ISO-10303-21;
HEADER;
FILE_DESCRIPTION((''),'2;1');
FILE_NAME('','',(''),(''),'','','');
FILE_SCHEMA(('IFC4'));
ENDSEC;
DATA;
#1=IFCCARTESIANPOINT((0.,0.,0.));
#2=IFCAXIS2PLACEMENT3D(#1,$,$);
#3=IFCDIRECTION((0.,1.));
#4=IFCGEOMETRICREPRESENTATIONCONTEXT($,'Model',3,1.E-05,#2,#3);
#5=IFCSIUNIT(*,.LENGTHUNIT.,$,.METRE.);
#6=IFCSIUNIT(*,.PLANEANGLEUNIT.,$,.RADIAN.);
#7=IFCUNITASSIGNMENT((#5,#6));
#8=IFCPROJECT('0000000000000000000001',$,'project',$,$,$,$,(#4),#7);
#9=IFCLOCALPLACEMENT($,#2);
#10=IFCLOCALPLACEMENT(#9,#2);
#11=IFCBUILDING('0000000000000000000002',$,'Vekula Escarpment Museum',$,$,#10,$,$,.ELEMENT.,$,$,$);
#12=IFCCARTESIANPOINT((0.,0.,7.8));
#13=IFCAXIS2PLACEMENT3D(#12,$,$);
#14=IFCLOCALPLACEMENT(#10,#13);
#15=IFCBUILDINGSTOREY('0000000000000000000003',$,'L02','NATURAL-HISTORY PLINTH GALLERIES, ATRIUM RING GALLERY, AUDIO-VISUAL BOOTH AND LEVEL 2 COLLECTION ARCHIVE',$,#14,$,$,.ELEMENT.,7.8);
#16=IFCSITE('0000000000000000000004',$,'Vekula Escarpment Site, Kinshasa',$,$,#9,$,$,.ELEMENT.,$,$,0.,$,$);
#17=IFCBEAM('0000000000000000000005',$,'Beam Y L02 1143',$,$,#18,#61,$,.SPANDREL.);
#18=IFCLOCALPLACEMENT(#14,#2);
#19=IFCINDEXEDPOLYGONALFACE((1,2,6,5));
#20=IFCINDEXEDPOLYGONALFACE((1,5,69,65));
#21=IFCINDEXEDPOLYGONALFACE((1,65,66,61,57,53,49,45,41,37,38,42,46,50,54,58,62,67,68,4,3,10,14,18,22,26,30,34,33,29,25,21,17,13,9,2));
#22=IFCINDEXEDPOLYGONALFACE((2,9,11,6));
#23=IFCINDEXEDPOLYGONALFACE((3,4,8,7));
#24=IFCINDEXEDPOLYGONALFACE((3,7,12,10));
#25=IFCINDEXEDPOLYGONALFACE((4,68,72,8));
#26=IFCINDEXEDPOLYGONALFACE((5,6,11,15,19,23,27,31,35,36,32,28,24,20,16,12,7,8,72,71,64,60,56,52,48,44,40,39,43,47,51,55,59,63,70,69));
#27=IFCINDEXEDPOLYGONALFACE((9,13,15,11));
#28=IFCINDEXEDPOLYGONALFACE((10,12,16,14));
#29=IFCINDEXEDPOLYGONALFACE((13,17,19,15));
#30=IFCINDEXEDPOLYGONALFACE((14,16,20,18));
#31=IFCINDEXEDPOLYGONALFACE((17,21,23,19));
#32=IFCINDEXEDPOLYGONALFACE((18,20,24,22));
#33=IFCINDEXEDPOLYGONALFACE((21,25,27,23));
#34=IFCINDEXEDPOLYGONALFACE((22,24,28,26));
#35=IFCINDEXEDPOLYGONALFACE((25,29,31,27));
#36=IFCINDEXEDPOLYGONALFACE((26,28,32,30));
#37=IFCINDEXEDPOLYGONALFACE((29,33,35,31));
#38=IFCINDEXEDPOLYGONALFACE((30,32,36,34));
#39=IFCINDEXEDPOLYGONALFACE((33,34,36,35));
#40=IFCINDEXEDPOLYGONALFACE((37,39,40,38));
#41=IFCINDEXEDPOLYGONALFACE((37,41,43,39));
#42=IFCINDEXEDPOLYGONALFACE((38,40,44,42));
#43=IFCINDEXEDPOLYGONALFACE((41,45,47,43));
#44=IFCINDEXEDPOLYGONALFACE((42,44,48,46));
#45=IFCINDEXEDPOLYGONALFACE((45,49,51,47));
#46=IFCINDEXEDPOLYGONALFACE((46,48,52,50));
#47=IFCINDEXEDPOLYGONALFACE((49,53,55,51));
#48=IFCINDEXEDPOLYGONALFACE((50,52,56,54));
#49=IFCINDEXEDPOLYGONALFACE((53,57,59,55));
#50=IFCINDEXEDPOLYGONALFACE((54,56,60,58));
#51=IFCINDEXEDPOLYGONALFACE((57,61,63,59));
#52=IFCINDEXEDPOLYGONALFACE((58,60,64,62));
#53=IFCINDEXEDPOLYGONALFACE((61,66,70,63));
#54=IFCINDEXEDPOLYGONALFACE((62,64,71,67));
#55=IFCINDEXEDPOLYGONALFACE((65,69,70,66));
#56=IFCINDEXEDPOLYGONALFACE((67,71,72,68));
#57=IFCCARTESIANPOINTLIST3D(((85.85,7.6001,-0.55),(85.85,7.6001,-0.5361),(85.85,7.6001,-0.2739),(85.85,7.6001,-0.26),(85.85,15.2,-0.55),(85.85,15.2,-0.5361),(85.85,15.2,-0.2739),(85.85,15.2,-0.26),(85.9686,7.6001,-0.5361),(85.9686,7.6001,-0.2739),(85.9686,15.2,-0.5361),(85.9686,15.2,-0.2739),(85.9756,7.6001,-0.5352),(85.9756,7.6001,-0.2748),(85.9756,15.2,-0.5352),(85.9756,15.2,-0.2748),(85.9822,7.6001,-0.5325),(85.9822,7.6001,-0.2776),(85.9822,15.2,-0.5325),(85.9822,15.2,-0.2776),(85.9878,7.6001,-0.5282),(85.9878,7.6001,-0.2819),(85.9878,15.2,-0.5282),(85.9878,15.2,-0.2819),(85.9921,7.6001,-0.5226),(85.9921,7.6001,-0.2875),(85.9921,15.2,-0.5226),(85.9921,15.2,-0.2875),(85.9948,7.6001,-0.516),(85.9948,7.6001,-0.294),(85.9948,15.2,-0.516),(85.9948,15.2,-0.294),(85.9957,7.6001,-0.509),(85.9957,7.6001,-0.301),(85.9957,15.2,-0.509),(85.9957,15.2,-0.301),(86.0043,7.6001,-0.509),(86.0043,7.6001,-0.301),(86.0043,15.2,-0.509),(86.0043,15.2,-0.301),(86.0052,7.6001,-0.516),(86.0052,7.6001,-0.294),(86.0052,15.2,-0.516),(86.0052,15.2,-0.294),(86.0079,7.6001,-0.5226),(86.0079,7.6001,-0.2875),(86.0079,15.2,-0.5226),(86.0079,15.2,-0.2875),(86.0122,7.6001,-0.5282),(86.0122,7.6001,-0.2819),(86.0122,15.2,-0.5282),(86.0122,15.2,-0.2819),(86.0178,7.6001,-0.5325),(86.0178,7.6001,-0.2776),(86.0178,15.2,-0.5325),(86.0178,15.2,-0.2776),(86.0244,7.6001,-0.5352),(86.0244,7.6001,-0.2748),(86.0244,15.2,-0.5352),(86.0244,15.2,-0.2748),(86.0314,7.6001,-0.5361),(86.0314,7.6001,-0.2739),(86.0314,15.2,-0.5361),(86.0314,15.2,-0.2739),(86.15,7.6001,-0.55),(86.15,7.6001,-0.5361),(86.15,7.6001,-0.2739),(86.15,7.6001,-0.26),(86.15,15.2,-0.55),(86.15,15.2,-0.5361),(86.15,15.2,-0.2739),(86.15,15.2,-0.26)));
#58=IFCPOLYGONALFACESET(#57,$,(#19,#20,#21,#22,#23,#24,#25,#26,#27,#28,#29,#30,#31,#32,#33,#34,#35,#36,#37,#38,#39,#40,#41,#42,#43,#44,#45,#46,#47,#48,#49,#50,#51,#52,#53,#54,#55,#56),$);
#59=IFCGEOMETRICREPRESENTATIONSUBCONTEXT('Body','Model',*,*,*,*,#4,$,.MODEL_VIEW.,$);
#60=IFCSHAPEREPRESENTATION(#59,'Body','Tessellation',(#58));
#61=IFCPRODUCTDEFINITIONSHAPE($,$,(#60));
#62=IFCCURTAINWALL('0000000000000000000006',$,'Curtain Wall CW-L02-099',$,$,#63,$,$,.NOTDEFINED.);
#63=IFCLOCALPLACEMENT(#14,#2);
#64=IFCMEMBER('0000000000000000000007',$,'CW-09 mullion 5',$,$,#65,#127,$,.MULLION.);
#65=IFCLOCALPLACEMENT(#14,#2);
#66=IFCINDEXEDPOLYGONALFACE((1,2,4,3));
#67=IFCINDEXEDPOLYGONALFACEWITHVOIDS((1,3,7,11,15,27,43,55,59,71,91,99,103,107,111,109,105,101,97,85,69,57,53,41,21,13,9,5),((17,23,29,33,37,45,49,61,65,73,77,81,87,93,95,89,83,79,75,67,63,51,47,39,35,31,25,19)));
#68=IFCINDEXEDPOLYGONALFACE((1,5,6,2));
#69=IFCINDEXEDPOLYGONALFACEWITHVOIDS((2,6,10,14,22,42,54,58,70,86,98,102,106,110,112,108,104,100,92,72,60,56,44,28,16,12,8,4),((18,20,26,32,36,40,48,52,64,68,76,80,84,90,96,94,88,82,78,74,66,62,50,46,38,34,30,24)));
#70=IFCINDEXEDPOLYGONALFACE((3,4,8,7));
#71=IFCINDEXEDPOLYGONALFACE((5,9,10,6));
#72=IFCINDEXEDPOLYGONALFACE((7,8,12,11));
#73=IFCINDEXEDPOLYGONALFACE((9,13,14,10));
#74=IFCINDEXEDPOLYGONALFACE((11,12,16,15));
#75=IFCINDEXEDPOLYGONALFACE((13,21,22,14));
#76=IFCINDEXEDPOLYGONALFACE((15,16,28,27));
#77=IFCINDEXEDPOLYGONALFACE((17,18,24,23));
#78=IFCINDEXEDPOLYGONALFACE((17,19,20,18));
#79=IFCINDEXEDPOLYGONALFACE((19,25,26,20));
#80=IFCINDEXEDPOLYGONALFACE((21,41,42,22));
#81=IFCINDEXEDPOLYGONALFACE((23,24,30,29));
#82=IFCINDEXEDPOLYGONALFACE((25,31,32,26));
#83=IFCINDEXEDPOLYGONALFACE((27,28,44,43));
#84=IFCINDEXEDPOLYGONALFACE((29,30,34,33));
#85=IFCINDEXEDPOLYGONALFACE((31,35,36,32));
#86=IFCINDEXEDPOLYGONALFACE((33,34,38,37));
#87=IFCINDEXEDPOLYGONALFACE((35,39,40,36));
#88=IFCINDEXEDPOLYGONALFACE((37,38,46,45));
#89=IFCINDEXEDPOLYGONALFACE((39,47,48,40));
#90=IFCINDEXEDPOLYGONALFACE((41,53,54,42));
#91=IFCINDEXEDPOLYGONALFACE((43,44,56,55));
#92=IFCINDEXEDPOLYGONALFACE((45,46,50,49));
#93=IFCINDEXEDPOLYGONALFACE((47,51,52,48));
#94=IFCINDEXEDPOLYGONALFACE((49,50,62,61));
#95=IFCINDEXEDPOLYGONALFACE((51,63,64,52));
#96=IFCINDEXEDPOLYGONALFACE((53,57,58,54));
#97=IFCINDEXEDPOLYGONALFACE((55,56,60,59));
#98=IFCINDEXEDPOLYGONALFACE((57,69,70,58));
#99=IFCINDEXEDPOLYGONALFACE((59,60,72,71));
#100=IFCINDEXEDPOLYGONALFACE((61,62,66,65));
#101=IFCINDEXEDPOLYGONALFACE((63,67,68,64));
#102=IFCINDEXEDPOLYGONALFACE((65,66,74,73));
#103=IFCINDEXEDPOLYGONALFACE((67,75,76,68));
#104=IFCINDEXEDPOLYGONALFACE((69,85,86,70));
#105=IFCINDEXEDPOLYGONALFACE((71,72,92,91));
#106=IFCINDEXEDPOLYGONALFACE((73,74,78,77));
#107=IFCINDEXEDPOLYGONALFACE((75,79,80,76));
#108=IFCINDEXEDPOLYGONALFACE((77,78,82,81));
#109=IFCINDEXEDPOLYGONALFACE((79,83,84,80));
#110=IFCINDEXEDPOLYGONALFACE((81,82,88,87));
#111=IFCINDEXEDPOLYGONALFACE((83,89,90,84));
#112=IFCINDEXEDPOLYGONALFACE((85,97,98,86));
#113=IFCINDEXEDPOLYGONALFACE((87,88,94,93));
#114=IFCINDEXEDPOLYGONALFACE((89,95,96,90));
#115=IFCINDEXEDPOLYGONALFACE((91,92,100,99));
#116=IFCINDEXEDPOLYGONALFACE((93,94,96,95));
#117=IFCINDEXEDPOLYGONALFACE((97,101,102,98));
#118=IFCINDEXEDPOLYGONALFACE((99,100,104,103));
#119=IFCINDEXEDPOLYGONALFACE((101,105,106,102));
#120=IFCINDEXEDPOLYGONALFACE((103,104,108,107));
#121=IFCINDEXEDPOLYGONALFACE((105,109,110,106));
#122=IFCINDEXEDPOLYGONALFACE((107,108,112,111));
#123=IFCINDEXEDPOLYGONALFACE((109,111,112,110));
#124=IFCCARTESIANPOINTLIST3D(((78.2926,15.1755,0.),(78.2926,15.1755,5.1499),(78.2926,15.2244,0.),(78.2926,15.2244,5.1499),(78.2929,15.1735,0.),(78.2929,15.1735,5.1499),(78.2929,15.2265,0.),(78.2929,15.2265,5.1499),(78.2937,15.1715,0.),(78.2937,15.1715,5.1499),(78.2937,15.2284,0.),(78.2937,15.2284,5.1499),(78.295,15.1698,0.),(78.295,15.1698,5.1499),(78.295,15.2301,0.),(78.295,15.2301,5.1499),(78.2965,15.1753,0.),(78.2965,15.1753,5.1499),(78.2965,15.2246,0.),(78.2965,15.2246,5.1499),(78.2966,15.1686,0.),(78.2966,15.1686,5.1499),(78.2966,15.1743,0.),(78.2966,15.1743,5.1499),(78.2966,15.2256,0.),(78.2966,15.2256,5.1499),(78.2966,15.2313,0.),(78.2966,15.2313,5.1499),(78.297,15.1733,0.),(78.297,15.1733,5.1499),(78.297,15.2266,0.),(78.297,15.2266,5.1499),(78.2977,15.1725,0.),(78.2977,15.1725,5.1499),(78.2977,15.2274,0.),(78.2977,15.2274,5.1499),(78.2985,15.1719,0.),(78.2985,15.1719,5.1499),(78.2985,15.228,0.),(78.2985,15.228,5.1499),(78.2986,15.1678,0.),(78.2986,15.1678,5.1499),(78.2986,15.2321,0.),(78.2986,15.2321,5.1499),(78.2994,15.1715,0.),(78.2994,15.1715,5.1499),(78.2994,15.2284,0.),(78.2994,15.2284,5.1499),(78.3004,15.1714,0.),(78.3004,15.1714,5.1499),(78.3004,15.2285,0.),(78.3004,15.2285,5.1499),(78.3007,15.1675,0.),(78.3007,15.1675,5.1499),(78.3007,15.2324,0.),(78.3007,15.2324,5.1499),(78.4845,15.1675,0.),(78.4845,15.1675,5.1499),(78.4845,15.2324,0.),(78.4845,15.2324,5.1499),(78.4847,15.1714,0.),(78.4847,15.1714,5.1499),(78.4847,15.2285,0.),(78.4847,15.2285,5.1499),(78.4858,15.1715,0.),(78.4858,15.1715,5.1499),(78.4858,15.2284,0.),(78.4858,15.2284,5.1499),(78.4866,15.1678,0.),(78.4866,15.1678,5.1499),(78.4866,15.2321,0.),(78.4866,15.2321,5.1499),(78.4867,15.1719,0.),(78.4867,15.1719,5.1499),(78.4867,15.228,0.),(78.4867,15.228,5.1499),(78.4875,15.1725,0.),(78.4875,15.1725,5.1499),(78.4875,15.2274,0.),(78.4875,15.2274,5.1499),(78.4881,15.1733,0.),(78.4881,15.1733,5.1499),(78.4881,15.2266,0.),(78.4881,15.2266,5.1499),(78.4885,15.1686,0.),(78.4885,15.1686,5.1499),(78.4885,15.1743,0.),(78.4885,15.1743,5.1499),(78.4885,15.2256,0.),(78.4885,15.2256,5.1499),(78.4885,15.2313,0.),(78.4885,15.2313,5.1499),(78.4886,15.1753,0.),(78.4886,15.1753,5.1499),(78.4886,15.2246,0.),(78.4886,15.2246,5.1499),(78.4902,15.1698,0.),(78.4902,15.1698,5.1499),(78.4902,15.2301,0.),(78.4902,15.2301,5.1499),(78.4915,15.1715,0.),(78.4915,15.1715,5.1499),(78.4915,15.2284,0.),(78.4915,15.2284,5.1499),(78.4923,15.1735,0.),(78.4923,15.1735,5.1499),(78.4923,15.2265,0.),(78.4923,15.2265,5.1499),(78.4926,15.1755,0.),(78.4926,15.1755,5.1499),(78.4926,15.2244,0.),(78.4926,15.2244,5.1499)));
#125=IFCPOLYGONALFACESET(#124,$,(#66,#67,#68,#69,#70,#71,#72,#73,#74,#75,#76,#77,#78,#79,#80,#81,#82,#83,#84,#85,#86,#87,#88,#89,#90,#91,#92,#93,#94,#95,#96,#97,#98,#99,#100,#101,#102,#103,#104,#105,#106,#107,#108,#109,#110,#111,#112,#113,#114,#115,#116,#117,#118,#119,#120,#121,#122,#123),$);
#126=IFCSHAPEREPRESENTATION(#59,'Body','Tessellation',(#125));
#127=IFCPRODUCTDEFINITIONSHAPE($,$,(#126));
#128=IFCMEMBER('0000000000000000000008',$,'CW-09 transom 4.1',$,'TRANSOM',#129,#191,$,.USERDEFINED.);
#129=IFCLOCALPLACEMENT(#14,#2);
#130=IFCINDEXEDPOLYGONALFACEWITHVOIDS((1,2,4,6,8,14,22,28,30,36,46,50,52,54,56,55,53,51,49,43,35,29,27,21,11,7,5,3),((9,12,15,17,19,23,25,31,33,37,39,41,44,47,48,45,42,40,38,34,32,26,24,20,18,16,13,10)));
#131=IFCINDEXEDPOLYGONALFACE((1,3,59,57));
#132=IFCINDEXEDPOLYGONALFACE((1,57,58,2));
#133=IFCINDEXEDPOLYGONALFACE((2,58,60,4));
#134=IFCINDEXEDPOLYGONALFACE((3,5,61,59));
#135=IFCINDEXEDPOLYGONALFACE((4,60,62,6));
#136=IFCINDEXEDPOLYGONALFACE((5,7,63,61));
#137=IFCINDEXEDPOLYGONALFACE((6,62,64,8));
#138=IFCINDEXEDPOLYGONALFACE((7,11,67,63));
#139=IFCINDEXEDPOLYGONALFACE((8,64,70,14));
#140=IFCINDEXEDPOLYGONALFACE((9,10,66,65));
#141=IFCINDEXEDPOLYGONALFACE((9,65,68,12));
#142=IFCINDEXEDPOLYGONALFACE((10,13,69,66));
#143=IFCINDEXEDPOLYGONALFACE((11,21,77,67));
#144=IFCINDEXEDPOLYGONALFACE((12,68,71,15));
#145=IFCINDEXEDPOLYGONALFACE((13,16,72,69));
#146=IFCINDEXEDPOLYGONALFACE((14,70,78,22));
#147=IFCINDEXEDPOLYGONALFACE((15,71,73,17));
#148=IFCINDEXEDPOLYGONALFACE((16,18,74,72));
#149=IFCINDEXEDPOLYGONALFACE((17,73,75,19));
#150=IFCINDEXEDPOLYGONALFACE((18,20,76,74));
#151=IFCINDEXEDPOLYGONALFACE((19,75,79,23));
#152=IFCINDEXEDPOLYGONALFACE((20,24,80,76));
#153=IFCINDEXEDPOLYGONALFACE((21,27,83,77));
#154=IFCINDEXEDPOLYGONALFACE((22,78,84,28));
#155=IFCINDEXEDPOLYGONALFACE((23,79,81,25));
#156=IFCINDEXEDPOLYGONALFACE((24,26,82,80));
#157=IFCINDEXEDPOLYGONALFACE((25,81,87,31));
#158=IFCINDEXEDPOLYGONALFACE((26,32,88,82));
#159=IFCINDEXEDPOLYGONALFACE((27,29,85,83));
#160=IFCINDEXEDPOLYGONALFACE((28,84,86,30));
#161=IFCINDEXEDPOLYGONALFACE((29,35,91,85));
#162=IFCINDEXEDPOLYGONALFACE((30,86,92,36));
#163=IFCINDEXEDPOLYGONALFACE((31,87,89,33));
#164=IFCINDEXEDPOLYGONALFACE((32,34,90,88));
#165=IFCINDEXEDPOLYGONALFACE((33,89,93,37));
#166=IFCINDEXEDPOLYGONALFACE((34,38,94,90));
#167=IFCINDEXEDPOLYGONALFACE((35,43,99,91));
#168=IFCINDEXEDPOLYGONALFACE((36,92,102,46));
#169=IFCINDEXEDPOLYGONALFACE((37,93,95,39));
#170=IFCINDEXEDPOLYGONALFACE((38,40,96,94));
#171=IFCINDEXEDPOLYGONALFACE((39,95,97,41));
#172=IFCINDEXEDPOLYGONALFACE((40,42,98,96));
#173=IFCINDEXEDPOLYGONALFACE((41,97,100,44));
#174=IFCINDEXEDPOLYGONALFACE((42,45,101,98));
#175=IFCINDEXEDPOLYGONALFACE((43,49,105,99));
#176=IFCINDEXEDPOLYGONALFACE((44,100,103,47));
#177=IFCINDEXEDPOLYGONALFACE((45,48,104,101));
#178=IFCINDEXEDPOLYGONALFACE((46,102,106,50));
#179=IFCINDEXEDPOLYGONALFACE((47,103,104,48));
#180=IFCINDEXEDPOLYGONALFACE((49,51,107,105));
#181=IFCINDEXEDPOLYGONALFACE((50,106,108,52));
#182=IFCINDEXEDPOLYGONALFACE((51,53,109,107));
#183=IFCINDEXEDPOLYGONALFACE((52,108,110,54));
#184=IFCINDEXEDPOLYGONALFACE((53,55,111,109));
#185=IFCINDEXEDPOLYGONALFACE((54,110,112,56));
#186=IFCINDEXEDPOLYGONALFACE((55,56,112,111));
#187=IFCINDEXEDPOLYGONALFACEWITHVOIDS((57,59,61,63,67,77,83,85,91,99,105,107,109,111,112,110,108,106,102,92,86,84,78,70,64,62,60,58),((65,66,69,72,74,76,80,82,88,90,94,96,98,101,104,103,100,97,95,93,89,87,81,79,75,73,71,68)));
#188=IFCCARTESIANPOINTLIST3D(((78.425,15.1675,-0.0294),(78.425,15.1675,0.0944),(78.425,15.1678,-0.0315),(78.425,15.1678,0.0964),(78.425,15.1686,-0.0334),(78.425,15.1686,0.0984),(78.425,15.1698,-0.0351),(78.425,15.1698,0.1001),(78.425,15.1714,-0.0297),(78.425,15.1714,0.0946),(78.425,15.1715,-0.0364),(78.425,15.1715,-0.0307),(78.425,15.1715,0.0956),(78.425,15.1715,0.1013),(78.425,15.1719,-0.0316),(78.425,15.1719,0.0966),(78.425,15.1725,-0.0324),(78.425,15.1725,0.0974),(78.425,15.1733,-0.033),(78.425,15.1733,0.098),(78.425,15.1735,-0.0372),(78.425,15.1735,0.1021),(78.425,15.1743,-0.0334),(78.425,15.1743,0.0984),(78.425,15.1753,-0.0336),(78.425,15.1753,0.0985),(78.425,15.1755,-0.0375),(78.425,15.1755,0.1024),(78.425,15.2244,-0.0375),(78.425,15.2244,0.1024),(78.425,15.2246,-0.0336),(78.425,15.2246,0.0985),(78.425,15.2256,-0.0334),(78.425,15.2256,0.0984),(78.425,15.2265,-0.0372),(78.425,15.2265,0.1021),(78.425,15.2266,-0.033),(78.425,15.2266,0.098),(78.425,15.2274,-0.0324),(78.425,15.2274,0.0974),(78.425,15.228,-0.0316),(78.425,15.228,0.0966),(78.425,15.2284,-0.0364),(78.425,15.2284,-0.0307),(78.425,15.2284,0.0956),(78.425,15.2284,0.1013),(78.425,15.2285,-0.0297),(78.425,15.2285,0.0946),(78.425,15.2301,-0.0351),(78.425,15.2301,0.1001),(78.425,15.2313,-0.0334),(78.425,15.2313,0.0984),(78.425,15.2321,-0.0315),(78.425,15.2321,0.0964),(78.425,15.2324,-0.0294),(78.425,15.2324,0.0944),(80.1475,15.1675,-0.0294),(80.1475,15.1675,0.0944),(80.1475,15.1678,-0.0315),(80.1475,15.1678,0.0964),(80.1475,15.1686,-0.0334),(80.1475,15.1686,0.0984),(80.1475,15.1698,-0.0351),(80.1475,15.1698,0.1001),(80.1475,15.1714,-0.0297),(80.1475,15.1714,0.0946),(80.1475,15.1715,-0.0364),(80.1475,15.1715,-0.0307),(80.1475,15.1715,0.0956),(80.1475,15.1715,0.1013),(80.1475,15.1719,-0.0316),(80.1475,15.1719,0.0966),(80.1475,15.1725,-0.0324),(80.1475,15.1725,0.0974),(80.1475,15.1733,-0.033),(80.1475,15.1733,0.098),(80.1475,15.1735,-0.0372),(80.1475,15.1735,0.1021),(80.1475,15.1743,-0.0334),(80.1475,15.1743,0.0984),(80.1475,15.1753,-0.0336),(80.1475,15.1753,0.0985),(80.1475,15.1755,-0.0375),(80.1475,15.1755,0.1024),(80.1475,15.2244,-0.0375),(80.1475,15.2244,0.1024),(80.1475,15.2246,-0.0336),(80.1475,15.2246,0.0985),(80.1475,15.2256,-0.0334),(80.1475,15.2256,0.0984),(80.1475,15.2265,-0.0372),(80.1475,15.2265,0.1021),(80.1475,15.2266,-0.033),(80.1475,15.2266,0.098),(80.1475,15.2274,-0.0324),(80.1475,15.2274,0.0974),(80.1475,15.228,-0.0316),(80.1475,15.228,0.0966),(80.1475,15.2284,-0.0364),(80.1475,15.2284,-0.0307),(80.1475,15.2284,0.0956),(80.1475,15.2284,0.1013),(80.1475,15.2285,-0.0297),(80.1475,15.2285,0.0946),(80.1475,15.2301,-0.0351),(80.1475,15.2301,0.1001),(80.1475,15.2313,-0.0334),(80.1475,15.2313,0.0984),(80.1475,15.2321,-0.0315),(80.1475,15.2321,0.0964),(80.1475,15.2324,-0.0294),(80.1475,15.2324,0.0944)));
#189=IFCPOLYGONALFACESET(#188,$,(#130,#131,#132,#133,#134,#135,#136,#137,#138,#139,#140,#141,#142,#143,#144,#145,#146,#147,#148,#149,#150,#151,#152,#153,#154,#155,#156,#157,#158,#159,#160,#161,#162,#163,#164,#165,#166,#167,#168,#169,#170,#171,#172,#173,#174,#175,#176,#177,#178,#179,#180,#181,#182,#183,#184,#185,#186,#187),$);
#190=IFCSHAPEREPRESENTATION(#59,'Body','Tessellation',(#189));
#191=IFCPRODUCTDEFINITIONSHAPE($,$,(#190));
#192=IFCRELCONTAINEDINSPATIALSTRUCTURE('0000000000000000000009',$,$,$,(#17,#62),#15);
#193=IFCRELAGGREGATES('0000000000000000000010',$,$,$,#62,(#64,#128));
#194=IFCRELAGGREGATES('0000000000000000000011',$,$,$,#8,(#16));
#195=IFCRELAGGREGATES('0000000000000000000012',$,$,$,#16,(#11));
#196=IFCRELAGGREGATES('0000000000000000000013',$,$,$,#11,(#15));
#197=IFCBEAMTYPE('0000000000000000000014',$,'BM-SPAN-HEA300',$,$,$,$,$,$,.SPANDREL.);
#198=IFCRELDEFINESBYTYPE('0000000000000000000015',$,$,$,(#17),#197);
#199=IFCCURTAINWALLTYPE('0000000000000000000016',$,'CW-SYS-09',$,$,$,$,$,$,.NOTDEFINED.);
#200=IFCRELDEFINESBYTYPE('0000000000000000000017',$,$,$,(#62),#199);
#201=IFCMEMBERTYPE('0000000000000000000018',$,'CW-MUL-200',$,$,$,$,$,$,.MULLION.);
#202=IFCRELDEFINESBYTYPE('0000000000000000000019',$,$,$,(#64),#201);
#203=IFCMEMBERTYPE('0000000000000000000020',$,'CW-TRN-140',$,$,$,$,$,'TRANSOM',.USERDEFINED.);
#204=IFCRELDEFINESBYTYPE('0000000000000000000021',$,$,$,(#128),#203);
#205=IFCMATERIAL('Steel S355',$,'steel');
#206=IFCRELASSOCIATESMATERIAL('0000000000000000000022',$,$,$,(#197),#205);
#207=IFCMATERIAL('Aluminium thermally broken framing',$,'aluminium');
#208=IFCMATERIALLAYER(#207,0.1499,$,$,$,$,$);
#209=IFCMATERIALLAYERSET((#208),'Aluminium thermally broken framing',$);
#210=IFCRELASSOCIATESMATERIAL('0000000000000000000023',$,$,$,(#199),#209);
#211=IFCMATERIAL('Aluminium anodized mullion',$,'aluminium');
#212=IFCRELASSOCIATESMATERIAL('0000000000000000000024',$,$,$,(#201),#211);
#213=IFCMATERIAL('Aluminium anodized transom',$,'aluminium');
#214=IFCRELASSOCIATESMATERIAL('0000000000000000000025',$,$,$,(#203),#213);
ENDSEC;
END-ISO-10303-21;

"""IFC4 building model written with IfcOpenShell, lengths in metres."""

from ifc_helpers import new_model, si_unit, direction, frame, origin, origin_2d, place, context, subcontext, project, spatial, hollow_rectangle, i_section, extrude, material, layer, layer_set, material_profile, profile_set, type_object, element, aggregate, save


model = new_model("IFC4")

# Units and contexts
model_context = context("Model", 3, precision=1e-05, world=origin(), true_north=direction((0.0, 1.0)))
body_context = subcontext(model_context, "Body", "Model", "MODEL_VIEW")
ifc_project = project(units=[si_unit("LENGTHUNIT", "METRE"), si_unit("PLANEANGLEUNIT", "RADIAN")], contexts=[model_context])

# Site, building, storey
site_placement = place(None, origin())
site = spatial("IfcSite", under=ifc_project, at=site_placement, Name="Vekula Escarpment Site, Kinshasa", CompositionType="ELEMENT", RefElevation=0.0)
building_placement = place(site_placement, origin())
building = spatial("IfcBuilding", under=site, at=building_placement, Name="Vekula Escarpment Museum", CompositionType="ELEMENT")
storey_placement = place(building_placement, frame((0.0, 0.0, 7.8)))
storey = spatial("IfcBuildingStorey", under=building, at=storey_placement, Name="L02", Description="NATURAL-HISTORY PLINTH GALLERIES, ATRIUM RING GALLERY, AUDIO-VISUAL BOOTH AND LEVEL 2 COLLECTION ARCHIVE", CompositionType="ELEMENT", Elevation=7.8)

# Beam
ifc_material_1 = material(Name="Steel S355", Category="steel")
ifc_material_profile_1 = material_profile(ifc_material_1, i_section(OverallWidth=0.3, OverallDepth=0.29, WebThickness=0.0085, FlangeThickness=0.0139, FilletRadius=0.0271, at=origin_2d()), Name="HEA 300")
ifc_profile_set_1 = profile_set([ifc_material_profile_1], Name="Steel S355")
beam_type_1 = type_object("IfcBeamType", Name="BM-SPAN-HEA300", PredefinedType="SPANDREL", material=ifc_profile_set_1)
beam_1_placement = place(storey_placement, frame((86.0, 7.6001, -0.405), z_axis=(0.0, 1.0, 0.0), x_axis=(-1.0, 0.0, 0.0)))
element("IfcBeam", 1, at=beam_1_placement, inside=storey, type_object=beam_type_1, Name="Beam Y L02 1143", PredefinedType="SPANDREL", context=body_context, shape_type="SweptSolid", body=[
    extrude(i_section(OverallWidth=0.3, OverallDepth=0.29, WebThickness=0.0085, FlangeThickness=0.0139, FilletRadius=0.0271, at=origin_2d()), origin(), (0.0, 0.0, 1.0), 7.5999),
])

# Curtain wall, members
ifc_material_2 = material(Name="Aluminium thermally broken framing", Category="aluminium")
ifc_layer_1 = layer(ifc_material_2, 0.1499)
ifc_layer_set_1 = layer_set([ifc_layer_1], Name="Aluminium thermally broken framing")
curtain_wall_type = type_object("IfcCurtainWallType", Name="CW-SYS-09", PredefinedType="NOTDEFINED", material=ifc_layer_set_1)
curtain_wall_placement = place(storey_placement, origin())
curtain_wall = element("IfcCurtainWall", 2, at=curtain_wall_placement, inside=storey, type_object=curtain_wall_type, Name="Curtain Wall CW-L02-099", PredefinedType="NOTDEFINED")
ifc_material_3 = material(Name="Aluminium anodized mullion", Category="aluminium")
ifc_material_profile_2 = material_profile(ifc_material_3, hollow_rectangle(XDim=0.0649, YDim=0.2, WallThickness=0.0039, InnerFilletRadius=0.0039, OuterFilletRadius=0.0081, at=origin_2d()), Name="ALU 200x65x4")
ifc_profile_set_2 = profile_set([ifc_material_profile_2], Name="Aluminium anodized mullion")
member_type_1 = type_object("IfcMemberType", Name="CW-MUL-200", PredefinedType="MULLION", material=ifc_profile_set_2)
member_1_placement = place(storey_placement, frame((78.3926, 15.2, 0.0), z_axis=(0.0, 0.0, 1.0), x_axis=(0.0, -1.0, 0.0)))
member_1 = element("IfcMember", 3, at=member_1_placement, type_object=member_type_1, Name="CW-09 mullion 5", PredefinedType="MULLION", context=body_context, shape_type="SweptSolid", body=[
    extrude(hollow_rectangle(XDim=0.0649, YDim=0.2, WallThickness=0.0039, InnerFilletRadius=0.0039, OuterFilletRadius=0.0081, at=origin_2d()), origin(), (0.0, 0.0, 1.0), 5.1499),
])
ifc_material_4 = material(Name="Aluminium anodized transom", Category="aluminium")
ifc_material_profile_3 = material_profile(ifc_material_4, hollow_rectangle(XDim=0.0649, YDim=0.1399, WallThickness=0.0039, InnerFilletRadius=0.0039, OuterFilletRadius=0.0081, at=origin_2d()), Name="ALU 140x65x4")
ifc_profile_set_3 = profile_set([ifc_material_profile_3], Name="Aluminium anodized transom")
member_type_2 = type_object("IfcMemberType", Name="CW-TRN-140", ElementType="TRANSOM", PredefinedType="USERDEFINED", material=ifc_profile_set_3)
member_2_placement = place(storey_placement, frame((80.1475, 15.2, 0.0325), z_axis=(-1.0, 0.0, 0.0), x_axis=(0.0, -1.0, 0.0)))
member_2 = element("IfcMember", 4, at=member_2_placement, type_object=member_type_2, Name="CW-09 transom 4.1", ObjectType="TRANSOM", PredefinedType="USERDEFINED", context=body_context, shape_type="SweptSolid", body=[
    extrude(hollow_rectangle(XDim=0.0649, YDim=0.1399, WallThickness=0.0039, InnerFilletRadius=0.0039, OuterFilletRadius=0.0081, at=origin_2d()), origin(), (0.0, 0.0, 1.0), 1.7224),
])
aggregate(curtain_wall, [member_1, member_2])

save(model, "model.ifc")
